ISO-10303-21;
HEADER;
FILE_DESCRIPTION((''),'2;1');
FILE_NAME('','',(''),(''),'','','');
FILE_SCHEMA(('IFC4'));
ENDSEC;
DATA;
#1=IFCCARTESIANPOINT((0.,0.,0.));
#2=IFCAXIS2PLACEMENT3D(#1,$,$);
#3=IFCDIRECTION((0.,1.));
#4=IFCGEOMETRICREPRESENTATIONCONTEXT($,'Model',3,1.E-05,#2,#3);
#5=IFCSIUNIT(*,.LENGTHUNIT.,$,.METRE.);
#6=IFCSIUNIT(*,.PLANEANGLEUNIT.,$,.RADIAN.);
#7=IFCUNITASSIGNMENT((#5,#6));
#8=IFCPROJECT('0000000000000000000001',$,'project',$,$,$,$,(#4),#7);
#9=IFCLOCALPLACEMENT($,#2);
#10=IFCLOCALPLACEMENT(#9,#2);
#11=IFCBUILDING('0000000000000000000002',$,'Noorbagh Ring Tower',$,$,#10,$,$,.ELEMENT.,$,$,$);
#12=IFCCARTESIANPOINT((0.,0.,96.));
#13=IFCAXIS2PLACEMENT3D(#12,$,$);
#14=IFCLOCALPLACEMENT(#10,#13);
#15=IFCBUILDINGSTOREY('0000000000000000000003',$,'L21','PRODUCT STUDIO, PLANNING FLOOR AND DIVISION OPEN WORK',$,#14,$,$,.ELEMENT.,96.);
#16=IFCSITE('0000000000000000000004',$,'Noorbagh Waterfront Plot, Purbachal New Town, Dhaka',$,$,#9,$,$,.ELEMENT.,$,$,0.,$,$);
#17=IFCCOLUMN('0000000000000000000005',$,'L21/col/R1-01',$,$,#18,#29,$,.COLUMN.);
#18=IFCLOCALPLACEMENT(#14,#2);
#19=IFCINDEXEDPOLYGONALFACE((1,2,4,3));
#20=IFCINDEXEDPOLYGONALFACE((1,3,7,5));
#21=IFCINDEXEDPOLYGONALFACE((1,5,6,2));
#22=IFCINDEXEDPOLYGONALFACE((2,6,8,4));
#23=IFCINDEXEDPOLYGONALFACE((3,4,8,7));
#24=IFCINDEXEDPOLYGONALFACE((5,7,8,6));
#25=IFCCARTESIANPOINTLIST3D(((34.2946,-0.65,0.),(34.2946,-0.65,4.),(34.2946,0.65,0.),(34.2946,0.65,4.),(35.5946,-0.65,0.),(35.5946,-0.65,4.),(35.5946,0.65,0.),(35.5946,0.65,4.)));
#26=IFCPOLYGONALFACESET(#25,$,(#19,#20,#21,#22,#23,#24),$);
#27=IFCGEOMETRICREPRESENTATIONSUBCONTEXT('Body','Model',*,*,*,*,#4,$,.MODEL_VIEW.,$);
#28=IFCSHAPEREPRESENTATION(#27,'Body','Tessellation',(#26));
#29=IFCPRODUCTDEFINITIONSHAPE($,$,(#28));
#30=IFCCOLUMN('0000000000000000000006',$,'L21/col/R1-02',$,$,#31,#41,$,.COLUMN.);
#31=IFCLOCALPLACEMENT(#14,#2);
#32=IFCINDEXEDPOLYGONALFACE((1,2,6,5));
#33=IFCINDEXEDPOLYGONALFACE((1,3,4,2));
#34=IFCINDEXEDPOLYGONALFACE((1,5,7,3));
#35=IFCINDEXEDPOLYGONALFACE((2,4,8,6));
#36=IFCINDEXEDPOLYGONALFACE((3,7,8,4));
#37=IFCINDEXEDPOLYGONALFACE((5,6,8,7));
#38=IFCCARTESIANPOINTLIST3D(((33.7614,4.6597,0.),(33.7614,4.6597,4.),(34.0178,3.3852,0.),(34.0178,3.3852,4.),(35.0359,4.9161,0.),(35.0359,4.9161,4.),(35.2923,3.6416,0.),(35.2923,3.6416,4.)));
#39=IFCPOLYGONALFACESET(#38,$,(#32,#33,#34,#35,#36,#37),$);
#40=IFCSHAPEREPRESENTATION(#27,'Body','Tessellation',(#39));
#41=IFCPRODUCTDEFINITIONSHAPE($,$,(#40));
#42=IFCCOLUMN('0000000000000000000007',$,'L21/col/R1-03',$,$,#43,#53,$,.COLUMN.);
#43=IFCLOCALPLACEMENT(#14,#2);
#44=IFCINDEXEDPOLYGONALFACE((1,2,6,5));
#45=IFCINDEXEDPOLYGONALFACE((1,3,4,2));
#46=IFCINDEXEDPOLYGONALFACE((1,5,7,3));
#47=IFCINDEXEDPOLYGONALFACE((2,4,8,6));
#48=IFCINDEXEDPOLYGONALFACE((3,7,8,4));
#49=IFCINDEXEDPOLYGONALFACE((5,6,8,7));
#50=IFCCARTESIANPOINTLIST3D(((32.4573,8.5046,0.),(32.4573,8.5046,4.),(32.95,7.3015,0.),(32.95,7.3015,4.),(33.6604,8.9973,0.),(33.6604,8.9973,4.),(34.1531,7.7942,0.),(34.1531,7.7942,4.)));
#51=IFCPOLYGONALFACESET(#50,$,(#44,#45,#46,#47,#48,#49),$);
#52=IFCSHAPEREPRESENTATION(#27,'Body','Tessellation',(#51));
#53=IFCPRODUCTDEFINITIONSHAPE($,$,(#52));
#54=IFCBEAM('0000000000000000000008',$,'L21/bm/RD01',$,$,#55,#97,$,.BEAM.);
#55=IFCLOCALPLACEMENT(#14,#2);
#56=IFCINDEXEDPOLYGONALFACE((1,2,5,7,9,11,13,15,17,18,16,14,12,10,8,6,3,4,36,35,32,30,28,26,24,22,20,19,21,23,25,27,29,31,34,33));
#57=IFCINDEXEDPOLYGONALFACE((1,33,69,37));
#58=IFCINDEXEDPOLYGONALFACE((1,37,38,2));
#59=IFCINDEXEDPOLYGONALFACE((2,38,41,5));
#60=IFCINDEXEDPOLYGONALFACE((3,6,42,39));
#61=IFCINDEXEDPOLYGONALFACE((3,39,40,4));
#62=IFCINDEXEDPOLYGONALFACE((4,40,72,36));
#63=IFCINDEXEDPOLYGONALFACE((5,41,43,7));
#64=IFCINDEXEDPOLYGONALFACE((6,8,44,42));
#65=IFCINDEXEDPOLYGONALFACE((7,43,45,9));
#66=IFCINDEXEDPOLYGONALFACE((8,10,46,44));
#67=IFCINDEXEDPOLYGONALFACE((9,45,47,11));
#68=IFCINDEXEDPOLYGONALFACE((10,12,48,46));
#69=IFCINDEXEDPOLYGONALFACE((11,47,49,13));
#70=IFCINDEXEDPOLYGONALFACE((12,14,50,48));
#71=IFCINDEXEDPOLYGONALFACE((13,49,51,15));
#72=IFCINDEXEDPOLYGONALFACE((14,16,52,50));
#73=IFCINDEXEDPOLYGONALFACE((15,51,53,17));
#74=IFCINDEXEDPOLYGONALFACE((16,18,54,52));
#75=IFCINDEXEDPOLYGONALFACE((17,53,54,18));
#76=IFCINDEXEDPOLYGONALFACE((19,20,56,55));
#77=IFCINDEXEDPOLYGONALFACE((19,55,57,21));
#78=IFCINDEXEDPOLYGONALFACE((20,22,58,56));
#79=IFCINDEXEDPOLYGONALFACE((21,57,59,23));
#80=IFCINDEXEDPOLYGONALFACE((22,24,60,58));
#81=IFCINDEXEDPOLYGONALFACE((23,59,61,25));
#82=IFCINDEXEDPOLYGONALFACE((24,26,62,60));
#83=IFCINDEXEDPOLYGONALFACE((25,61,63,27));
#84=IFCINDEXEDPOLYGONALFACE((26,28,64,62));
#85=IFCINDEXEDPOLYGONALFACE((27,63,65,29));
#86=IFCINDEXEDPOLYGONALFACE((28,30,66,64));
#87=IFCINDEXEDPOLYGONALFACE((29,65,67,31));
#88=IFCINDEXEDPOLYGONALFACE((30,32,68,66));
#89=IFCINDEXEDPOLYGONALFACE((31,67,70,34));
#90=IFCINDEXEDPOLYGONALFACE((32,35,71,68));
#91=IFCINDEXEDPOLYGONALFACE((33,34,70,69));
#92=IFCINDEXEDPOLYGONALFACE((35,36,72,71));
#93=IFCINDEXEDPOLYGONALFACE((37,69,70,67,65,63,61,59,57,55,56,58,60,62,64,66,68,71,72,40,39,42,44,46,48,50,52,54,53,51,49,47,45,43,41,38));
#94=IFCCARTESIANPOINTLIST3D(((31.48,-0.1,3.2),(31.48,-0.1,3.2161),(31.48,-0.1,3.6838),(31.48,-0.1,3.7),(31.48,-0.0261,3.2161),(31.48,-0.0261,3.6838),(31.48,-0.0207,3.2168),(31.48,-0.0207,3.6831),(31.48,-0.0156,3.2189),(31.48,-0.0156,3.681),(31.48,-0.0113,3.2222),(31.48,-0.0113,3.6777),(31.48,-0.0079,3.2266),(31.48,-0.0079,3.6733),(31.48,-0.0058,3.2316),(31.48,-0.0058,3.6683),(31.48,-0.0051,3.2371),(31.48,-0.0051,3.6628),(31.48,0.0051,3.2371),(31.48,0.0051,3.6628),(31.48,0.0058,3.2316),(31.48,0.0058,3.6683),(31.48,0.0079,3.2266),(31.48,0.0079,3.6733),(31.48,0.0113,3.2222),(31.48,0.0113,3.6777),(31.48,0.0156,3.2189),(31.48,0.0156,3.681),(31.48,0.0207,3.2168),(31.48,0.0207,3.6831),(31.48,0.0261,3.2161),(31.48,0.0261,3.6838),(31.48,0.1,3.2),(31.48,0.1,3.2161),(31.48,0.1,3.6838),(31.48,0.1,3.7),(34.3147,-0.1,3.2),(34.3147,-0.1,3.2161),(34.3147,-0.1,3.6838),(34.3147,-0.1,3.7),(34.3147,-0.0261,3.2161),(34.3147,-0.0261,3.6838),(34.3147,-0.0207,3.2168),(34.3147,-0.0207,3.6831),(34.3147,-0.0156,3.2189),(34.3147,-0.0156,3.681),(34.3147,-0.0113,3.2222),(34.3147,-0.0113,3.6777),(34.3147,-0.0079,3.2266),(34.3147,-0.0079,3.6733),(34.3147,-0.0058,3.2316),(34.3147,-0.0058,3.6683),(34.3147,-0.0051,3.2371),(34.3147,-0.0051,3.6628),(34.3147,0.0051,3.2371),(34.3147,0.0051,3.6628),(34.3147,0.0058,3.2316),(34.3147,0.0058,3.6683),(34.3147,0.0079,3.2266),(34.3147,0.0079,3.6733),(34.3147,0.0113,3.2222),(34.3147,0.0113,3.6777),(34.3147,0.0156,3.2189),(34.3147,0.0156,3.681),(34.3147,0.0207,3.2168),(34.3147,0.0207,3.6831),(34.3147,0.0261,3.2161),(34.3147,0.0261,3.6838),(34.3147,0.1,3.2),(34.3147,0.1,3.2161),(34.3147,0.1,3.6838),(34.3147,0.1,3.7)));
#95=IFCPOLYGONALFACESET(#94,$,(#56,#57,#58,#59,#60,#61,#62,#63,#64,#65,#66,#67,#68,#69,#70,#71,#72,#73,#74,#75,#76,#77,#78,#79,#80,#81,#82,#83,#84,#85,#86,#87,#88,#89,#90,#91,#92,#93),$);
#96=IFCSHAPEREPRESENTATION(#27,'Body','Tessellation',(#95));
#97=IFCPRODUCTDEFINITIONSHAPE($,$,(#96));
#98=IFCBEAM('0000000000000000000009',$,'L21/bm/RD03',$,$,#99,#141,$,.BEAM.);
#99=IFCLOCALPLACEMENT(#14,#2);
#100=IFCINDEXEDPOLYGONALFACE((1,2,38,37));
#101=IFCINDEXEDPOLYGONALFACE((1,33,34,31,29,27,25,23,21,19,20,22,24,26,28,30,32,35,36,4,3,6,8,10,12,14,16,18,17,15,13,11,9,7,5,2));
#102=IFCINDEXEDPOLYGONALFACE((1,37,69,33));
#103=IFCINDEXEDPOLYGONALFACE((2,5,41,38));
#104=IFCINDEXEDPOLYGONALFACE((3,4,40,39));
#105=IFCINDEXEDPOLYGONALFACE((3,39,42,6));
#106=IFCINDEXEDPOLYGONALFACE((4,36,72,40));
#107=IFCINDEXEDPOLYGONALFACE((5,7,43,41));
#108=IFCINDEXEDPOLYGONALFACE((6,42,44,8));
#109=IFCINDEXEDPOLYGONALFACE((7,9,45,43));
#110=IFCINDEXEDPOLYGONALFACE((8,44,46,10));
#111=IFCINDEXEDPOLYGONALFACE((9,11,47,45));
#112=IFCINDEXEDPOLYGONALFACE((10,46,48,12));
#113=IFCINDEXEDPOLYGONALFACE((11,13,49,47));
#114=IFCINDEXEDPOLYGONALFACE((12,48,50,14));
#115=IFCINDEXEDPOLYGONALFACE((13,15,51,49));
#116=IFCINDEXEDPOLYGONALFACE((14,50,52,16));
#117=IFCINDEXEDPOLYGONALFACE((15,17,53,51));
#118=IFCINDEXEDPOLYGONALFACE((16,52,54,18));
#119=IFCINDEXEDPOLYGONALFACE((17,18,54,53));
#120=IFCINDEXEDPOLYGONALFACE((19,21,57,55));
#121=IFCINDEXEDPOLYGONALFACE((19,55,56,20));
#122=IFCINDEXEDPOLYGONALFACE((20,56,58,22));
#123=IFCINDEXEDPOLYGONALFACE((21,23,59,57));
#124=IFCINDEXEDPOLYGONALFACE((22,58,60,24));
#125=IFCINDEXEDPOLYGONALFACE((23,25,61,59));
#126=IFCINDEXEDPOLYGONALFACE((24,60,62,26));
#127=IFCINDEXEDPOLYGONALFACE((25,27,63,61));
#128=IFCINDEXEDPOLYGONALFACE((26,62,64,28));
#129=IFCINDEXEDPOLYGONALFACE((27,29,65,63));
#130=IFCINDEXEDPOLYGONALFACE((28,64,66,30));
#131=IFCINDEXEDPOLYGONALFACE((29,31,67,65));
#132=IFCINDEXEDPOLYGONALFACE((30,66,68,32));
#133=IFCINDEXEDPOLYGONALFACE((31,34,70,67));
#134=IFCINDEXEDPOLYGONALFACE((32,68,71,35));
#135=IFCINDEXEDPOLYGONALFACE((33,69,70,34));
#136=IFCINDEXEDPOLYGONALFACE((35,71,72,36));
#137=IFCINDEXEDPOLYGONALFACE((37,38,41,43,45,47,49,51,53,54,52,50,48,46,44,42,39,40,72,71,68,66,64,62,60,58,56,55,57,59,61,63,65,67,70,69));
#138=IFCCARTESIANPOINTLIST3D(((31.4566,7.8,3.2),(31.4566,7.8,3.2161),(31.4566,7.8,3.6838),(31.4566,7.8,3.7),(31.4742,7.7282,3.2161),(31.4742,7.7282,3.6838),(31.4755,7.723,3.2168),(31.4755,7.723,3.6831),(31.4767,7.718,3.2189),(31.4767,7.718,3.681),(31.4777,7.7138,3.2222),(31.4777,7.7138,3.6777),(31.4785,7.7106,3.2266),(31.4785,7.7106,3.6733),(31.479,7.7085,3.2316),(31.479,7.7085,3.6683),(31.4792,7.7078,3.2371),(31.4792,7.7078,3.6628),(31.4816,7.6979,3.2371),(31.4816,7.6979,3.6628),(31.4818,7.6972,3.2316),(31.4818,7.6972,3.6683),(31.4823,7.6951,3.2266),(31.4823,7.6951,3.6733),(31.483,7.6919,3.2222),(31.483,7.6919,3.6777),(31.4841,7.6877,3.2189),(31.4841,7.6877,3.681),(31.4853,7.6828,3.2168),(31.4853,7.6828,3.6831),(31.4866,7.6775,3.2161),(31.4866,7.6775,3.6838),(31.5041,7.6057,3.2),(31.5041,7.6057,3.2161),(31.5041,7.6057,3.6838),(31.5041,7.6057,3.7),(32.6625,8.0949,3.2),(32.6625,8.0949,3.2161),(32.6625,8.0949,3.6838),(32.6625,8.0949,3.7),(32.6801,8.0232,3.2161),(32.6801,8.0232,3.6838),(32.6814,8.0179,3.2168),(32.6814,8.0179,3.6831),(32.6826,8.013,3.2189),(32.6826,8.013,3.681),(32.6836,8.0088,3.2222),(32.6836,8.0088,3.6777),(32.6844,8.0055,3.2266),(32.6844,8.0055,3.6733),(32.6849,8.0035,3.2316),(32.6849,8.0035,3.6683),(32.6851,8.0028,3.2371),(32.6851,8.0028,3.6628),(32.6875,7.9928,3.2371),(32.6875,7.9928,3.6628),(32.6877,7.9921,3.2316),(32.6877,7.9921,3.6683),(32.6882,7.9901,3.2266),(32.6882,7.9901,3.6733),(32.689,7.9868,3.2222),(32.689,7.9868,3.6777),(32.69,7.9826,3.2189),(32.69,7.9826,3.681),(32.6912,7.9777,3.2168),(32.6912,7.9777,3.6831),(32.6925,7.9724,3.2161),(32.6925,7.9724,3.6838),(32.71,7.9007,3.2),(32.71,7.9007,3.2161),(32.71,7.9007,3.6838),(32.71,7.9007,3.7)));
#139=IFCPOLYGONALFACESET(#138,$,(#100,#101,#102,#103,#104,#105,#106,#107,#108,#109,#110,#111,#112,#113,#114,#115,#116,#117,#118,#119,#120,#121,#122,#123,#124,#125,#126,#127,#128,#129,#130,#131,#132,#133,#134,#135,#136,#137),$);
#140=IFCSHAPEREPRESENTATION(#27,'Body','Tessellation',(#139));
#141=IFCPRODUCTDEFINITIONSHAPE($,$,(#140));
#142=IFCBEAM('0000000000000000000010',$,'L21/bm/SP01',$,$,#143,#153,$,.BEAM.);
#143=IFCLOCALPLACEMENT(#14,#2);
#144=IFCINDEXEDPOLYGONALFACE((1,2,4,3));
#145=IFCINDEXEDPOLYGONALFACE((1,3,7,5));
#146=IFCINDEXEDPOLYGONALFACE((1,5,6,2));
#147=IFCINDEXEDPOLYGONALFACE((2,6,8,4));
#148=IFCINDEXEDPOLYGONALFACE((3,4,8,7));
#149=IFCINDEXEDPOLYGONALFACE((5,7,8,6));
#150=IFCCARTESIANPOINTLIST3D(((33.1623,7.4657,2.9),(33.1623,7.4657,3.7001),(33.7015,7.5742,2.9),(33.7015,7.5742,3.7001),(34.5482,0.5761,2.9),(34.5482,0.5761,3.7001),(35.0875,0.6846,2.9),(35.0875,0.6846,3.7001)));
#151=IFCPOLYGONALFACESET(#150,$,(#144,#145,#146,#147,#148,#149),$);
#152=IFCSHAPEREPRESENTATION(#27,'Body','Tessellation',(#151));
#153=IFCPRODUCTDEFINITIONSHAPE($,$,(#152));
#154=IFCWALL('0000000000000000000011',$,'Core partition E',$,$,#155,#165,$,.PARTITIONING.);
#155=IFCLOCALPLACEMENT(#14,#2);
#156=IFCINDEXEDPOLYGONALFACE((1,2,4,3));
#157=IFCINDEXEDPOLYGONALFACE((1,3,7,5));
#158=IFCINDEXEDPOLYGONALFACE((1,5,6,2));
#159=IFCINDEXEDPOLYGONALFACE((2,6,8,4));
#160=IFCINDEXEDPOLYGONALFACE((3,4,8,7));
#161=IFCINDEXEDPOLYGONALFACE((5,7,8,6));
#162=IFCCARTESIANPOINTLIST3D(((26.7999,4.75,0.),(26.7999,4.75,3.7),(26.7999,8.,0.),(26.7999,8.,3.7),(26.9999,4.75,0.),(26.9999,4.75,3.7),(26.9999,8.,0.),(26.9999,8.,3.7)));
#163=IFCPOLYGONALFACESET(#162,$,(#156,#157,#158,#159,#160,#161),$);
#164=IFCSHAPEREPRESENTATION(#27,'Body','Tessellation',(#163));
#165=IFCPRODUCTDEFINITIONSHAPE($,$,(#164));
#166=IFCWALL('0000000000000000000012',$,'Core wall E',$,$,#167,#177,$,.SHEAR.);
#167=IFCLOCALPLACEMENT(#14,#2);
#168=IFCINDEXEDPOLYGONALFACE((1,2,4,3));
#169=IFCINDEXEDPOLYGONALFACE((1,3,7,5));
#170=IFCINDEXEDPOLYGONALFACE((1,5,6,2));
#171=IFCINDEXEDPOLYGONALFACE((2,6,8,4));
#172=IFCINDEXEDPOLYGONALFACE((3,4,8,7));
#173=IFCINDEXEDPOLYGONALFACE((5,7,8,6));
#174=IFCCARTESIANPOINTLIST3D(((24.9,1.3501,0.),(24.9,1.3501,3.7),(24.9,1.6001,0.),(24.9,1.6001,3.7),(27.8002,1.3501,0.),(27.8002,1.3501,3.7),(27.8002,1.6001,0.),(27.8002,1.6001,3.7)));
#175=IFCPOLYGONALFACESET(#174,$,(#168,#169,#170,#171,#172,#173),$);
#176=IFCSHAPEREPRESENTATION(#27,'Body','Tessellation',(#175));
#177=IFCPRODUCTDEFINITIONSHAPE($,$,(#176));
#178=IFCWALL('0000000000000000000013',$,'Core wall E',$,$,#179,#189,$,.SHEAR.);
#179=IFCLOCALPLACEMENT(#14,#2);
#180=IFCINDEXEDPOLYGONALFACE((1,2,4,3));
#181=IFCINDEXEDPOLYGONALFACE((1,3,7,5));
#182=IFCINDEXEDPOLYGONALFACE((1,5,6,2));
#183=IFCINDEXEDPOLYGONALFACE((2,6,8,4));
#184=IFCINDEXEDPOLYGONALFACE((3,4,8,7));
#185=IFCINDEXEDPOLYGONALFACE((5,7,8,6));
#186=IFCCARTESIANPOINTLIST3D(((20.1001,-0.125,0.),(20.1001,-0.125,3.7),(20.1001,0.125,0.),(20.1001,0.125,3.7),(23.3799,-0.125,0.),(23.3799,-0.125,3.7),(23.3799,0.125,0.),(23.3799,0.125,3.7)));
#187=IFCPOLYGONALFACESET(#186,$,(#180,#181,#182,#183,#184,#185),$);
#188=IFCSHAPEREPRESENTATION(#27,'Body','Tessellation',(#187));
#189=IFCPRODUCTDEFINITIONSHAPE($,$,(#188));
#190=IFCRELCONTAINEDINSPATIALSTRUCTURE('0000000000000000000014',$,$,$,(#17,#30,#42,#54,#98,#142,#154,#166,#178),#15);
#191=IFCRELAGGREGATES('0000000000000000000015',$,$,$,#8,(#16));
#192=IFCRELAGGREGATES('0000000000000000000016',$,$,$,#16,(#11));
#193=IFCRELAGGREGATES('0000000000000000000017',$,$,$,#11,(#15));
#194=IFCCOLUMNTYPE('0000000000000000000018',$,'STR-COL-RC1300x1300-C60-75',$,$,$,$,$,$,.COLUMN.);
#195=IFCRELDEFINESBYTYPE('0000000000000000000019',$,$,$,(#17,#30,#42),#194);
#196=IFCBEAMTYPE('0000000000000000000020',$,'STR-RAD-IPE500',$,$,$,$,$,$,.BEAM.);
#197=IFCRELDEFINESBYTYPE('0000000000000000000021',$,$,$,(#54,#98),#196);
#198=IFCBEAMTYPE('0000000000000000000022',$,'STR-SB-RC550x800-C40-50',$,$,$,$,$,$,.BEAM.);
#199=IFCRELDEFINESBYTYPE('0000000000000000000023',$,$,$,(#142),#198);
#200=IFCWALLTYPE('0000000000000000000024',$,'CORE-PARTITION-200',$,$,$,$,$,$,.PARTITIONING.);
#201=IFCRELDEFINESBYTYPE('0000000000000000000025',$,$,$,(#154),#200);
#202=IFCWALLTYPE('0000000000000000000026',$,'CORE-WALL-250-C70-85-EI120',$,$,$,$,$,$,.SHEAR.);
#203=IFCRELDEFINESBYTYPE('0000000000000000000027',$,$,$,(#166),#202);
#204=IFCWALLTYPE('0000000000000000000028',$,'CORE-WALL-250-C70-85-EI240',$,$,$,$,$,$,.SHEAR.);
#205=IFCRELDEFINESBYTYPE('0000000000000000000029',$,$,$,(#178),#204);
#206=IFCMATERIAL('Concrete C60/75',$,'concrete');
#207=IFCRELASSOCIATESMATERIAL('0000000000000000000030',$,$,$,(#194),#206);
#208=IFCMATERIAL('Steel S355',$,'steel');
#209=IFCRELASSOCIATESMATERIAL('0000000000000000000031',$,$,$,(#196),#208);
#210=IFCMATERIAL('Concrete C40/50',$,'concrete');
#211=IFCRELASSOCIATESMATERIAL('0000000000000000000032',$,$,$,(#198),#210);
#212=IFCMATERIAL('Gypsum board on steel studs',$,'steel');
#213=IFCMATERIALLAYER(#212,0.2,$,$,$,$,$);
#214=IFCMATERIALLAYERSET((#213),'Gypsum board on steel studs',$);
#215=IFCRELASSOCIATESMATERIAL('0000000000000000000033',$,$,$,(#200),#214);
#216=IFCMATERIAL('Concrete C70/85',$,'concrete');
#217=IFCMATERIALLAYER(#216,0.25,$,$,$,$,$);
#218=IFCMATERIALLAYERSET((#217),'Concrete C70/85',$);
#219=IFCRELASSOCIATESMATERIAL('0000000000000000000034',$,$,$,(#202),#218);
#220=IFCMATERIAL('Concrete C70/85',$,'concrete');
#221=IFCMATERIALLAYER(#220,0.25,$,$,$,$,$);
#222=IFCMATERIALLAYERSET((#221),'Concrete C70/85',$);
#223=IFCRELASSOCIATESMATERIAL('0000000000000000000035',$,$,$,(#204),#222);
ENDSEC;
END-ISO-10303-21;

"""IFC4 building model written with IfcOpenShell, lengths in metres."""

from ifc_helpers import new_model, si_unit, direction, frame, frame_2d, origin, origin_2d, place, context, subcontext, project, spatial, rectangle, i_section, extrude, material, layer, layer_set, material_profile, profile_set, type_object, element, save


model = new_model("IFC4")

# Units and contexts
model_context = context("Model", 3, precision=1e-05, world=origin(), true_north=direction((0.0, 1.0)))
body_context = subcontext(model_context, "Body", "Model", "MODEL_VIEW")
ifc_project = project(units=[si_unit("LENGTHUNIT", "METRE"), si_unit("PLANEANGLEUNIT", "RADIAN")], contexts=[model_context])

# Site, building, storey
site_placement = place(None, origin())
site = spatial("IfcSite", under=ifc_project, at=site_placement, Name="Noorbagh Waterfront Plot, Purbachal New Town, Dhaka", CompositionType="ELEMENT", RefElevation=0.0)
building_placement = place(site_placement, origin())
building = spatial("IfcBuilding", under=site, at=building_placement, Name="Noorbagh Ring Tower", CompositionType="ELEMENT")
storey_placement = place(building_placement, frame((0.0, 0.0, 96.0)))
storey = spatial("IfcBuildingStorey", under=building, at=storey_placement, Name="L21", Description="PRODUCT STUDIO, PLANNING FLOOR AND DIVISION OPEN WORK", CompositionType="ELEMENT", Elevation=96.0)

# Columns
ifc_material_1 = material(Name="Concrete C60/75", Category="concrete")
ifc_material_profile_1 = material_profile(ifc_material_1, rectangle(XDim=1.3, YDim=1.3, at=origin_2d()), Name="RC1300x1300")
ifc_profile_set_1 = profile_set([ifc_material_profile_1], Name="Concrete C60/75")
column_type = type_object("IfcColumnType", Name="STR-COL-RC1300x1300-C60-75", PredefinedType="COLUMN", material=ifc_profile_set_1)
for number, where, z_axis, x_axis, name in (
    (1, (34.9446, 0.0, 0.0), (0.0, 0.0, 1.0), (0.0, 1.0, 0.0), "L21/col/R1-01"),
    (2, (34.5269, 4.1506, 0.0), (0.0, 0.0, 1.0), (-0.19723, 0.980357, 0.0), "L21/col/R1-02"),
    (3, (33.3052, 8.1494, 0.0), (0.0, 0.0, 1.0), (-0.378989, 0.925401, 0.0), "L21/col/R1-03"),
):
    element("IfcColumn", number, at=place(storey_placement, frame(where, z_axis=z_axis, x_axis=x_axis)), inside=storey, type_object=column_type, Name=name, PredefinedType="COLUMN", context=body_context, shape_type="SweptSolid", body=[
        extrude(rectangle(XDim=1.3, YDim=1.3, at=origin_2d()), origin(), (0.0, 0.0, 1.0), 4.0),
    ])

# Beams
ifc_material_2 = material(Name="Steel S355", Category="steel")
ifc_material_profile_2 = material_profile(ifc_material_2, i_section(OverallWidth=0.2, OverallDepth=0.5, WebThickness=0.0103, FlangeThickness=0.0161, FilletRadius=0.021, at=origin_2d()), Name="IPE500")
ifc_profile_set_2 = profile_set([ifc_material_profile_2], Name="Steel S355")
beam_type_1 = type_object("IfcBeamType", Name="STR-RAD-IPE500", PredefinedType="BEAM", material=ifc_profile_set_2)
beam_1_placement = place(storey_placement, frame((34.3147, 0.0, 3.45), z_axis=(-1.0, 0.0, 0.0), x_axis=(0.0, -1.0, 0.0)))
element("IfcBeam", 4, at=beam_1_placement, inside=storey, type_object=beam_type_1, Name="L21/bm/RD01", PredefinedType="BEAM", context=body_context, shape_type="SweptSolid", body=[
    extrude(i_section(OverallWidth=0.2, OverallDepth=0.5, WebThickness=0.0103, FlangeThickness=0.0161, FilletRadius=0.021, at=origin_2d()), origin(), (0.0, 0.0, 1.0), 2.8347),
])
beam_2_placement = place(storey_placement, frame((32.6863, 7.9978, 3.45), z_axis=(-0.971368, -0.237581, 0.0), x_axis=(0.237581, -0.971368, 0.0)))
element("IfcBeam", 5, at=beam_2_placement, inside=storey, type_object=beam_type_1, Name="L21/bm/RD03", PredefinedType="BEAM", context=body_context, shape_type="SweptSolid", body=[
    extrude(i_section(OverallWidth=0.2, OverallDepth=0.5, WebThickness=0.0103, FlangeThickness=0.0161, FilletRadius=0.021, at=origin_2d()), origin(), (0.0, 0.0, 1.0), 1.2415),
])
ifc_material_3 = material(Name="Concrete C40/50", Category="concrete")
ifc_material_profile_3 = material_profile(ifc_material_3, rectangle(XDim=0.55, YDim=0.8, at=origin_2d()), Name="RC550x800")
ifc_profile_set_3 = profile_set([ifc_material_profile_3], Name="Concrete C40/50")
beam_type_2 = type_object("IfcBeamType", Name="STR-SB-RC550x800-C40-50", PredefinedType="BEAM", material=ifc_profile_set_3)
beam_3_placement = place(storey_placement, frame((34.8179, 0.6304, 3.3), z_axis=(-0.197218, 0.98036, 0.0), x_axis=(-0.98036, -0.197218, 0.0)))
element("IfcBeam", 6, at=beam_3_placement, inside=storey, type_object=beam_type_2, Name="L21/bm/SP01", PredefinedType="BEAM", context=body_context, shape_type="SweptSolid", body=[
    extrude(rectangle(XDim=0.55, YDim=0.8, at=origin_2d()), origin(), (0.0, 0.0, 1.0), 7.0276),
])

# Walls
ifc_material_4 = material(Name="Gypsum board on steel studs", Category="steel")
ifc_layer_1 = layer(ifc_material_4, 0.2)
ifc_layer_set_1 = layer_set([ifc_layer_1], Name="Gypsum board on steel studs")
wall_type_1 = type_object("IfcWallType", Name="CORE-PARTITION-200", PredefinedType="PARTITIONING", material=ifc_layer_set_1)
wall_1_placement = place(storey_placement, frame((26.8999, 4.75, 0.0), z_axis=(0.0, 0.0, 1.0), x_axis=(0.0, 1.0, 0.0)))
element("IfcWall", 7, at=wall_1_placement, inside=storey, type_object=wall_type_1, Name="Core partition E", PredefinedType="PARTITIONING", context=body_context, shape_type="SweptSolid", body=[
    extrude(rectangle(XDim=3.25, YDim=0.2, at=frame_2d((1.625, 0.0))), origin(), (0.0, 0.0, 1.0), 3.7),
])
ifc_material_5 = material(Name="Concrete C70/85", Category="concrete")
ifc_layer_2 = layer(ifc_material_5, 0.25)
ifc_layer_set_2 = layer_set([ifc_layer_2], Name="Concrete C70/85")
wall_type_2 = type_object("IfcWallType", Name="CORE-WALL-250-C70-85-EI120", PredefinedType="SHEAR", material=ifc_layer_set_2)
wall_2_placement = place(storey_placement, frame((24.8999, 1.4751, 0.0), z_axis=(0.0, 0.0, 1.0), x_axis=(1.0, 0.0, 0.0)))
element("IfcWall", 8, at=wall_2_placement, inside=storey, type_object=wall_type_2, Name="Core wall E", PredefinedType="SHEAR", context=body_context, shape_type="SweptSolid", body=[
    extrude(rectangle(XDim=2.9001, YDim=0.25, at=frame_2d((1.4502, 0.0))), origin(), (0.0, 0.0, 1.0), 3.7),
])
ifc_material_6 = material(Name="Concrete C70/85", Category="concrete")
ifc_layer_3 = layer(ifc_material_6, 0.25)
ifc_layer_set_3 = layer_set([ifc_layer_3], Name="Concrete C70/85")
wall_type_3 = type_object("IfcWallType", Name="CORE-WALL-250-C70-85-EI240", PredefinedType="SHEAR", material=ifc_layer_set_3)
wall_3_placement = place(storey_placement, frame((20.1001, 0.0, 0.0), z_axis=(0.0, 0.0, 1.0), x_axis=(1.0, 0.0, 0.0)))
element("IfcWall", 9, at=wall_3_placement, inside=storey, type_object=wall_type_3, Name="Core wall E", PredefinedType="SHEAR", context=body_context, shape_type="SweptSolid", body=[
    extrude(rectangle(XDim=3.2798, YDim=0.25, at=frame_2d((1.6399, 0.0))), origin(), (0.0, 0.0, 1.0), 3.7),
])

save(model, "model.ifc")
